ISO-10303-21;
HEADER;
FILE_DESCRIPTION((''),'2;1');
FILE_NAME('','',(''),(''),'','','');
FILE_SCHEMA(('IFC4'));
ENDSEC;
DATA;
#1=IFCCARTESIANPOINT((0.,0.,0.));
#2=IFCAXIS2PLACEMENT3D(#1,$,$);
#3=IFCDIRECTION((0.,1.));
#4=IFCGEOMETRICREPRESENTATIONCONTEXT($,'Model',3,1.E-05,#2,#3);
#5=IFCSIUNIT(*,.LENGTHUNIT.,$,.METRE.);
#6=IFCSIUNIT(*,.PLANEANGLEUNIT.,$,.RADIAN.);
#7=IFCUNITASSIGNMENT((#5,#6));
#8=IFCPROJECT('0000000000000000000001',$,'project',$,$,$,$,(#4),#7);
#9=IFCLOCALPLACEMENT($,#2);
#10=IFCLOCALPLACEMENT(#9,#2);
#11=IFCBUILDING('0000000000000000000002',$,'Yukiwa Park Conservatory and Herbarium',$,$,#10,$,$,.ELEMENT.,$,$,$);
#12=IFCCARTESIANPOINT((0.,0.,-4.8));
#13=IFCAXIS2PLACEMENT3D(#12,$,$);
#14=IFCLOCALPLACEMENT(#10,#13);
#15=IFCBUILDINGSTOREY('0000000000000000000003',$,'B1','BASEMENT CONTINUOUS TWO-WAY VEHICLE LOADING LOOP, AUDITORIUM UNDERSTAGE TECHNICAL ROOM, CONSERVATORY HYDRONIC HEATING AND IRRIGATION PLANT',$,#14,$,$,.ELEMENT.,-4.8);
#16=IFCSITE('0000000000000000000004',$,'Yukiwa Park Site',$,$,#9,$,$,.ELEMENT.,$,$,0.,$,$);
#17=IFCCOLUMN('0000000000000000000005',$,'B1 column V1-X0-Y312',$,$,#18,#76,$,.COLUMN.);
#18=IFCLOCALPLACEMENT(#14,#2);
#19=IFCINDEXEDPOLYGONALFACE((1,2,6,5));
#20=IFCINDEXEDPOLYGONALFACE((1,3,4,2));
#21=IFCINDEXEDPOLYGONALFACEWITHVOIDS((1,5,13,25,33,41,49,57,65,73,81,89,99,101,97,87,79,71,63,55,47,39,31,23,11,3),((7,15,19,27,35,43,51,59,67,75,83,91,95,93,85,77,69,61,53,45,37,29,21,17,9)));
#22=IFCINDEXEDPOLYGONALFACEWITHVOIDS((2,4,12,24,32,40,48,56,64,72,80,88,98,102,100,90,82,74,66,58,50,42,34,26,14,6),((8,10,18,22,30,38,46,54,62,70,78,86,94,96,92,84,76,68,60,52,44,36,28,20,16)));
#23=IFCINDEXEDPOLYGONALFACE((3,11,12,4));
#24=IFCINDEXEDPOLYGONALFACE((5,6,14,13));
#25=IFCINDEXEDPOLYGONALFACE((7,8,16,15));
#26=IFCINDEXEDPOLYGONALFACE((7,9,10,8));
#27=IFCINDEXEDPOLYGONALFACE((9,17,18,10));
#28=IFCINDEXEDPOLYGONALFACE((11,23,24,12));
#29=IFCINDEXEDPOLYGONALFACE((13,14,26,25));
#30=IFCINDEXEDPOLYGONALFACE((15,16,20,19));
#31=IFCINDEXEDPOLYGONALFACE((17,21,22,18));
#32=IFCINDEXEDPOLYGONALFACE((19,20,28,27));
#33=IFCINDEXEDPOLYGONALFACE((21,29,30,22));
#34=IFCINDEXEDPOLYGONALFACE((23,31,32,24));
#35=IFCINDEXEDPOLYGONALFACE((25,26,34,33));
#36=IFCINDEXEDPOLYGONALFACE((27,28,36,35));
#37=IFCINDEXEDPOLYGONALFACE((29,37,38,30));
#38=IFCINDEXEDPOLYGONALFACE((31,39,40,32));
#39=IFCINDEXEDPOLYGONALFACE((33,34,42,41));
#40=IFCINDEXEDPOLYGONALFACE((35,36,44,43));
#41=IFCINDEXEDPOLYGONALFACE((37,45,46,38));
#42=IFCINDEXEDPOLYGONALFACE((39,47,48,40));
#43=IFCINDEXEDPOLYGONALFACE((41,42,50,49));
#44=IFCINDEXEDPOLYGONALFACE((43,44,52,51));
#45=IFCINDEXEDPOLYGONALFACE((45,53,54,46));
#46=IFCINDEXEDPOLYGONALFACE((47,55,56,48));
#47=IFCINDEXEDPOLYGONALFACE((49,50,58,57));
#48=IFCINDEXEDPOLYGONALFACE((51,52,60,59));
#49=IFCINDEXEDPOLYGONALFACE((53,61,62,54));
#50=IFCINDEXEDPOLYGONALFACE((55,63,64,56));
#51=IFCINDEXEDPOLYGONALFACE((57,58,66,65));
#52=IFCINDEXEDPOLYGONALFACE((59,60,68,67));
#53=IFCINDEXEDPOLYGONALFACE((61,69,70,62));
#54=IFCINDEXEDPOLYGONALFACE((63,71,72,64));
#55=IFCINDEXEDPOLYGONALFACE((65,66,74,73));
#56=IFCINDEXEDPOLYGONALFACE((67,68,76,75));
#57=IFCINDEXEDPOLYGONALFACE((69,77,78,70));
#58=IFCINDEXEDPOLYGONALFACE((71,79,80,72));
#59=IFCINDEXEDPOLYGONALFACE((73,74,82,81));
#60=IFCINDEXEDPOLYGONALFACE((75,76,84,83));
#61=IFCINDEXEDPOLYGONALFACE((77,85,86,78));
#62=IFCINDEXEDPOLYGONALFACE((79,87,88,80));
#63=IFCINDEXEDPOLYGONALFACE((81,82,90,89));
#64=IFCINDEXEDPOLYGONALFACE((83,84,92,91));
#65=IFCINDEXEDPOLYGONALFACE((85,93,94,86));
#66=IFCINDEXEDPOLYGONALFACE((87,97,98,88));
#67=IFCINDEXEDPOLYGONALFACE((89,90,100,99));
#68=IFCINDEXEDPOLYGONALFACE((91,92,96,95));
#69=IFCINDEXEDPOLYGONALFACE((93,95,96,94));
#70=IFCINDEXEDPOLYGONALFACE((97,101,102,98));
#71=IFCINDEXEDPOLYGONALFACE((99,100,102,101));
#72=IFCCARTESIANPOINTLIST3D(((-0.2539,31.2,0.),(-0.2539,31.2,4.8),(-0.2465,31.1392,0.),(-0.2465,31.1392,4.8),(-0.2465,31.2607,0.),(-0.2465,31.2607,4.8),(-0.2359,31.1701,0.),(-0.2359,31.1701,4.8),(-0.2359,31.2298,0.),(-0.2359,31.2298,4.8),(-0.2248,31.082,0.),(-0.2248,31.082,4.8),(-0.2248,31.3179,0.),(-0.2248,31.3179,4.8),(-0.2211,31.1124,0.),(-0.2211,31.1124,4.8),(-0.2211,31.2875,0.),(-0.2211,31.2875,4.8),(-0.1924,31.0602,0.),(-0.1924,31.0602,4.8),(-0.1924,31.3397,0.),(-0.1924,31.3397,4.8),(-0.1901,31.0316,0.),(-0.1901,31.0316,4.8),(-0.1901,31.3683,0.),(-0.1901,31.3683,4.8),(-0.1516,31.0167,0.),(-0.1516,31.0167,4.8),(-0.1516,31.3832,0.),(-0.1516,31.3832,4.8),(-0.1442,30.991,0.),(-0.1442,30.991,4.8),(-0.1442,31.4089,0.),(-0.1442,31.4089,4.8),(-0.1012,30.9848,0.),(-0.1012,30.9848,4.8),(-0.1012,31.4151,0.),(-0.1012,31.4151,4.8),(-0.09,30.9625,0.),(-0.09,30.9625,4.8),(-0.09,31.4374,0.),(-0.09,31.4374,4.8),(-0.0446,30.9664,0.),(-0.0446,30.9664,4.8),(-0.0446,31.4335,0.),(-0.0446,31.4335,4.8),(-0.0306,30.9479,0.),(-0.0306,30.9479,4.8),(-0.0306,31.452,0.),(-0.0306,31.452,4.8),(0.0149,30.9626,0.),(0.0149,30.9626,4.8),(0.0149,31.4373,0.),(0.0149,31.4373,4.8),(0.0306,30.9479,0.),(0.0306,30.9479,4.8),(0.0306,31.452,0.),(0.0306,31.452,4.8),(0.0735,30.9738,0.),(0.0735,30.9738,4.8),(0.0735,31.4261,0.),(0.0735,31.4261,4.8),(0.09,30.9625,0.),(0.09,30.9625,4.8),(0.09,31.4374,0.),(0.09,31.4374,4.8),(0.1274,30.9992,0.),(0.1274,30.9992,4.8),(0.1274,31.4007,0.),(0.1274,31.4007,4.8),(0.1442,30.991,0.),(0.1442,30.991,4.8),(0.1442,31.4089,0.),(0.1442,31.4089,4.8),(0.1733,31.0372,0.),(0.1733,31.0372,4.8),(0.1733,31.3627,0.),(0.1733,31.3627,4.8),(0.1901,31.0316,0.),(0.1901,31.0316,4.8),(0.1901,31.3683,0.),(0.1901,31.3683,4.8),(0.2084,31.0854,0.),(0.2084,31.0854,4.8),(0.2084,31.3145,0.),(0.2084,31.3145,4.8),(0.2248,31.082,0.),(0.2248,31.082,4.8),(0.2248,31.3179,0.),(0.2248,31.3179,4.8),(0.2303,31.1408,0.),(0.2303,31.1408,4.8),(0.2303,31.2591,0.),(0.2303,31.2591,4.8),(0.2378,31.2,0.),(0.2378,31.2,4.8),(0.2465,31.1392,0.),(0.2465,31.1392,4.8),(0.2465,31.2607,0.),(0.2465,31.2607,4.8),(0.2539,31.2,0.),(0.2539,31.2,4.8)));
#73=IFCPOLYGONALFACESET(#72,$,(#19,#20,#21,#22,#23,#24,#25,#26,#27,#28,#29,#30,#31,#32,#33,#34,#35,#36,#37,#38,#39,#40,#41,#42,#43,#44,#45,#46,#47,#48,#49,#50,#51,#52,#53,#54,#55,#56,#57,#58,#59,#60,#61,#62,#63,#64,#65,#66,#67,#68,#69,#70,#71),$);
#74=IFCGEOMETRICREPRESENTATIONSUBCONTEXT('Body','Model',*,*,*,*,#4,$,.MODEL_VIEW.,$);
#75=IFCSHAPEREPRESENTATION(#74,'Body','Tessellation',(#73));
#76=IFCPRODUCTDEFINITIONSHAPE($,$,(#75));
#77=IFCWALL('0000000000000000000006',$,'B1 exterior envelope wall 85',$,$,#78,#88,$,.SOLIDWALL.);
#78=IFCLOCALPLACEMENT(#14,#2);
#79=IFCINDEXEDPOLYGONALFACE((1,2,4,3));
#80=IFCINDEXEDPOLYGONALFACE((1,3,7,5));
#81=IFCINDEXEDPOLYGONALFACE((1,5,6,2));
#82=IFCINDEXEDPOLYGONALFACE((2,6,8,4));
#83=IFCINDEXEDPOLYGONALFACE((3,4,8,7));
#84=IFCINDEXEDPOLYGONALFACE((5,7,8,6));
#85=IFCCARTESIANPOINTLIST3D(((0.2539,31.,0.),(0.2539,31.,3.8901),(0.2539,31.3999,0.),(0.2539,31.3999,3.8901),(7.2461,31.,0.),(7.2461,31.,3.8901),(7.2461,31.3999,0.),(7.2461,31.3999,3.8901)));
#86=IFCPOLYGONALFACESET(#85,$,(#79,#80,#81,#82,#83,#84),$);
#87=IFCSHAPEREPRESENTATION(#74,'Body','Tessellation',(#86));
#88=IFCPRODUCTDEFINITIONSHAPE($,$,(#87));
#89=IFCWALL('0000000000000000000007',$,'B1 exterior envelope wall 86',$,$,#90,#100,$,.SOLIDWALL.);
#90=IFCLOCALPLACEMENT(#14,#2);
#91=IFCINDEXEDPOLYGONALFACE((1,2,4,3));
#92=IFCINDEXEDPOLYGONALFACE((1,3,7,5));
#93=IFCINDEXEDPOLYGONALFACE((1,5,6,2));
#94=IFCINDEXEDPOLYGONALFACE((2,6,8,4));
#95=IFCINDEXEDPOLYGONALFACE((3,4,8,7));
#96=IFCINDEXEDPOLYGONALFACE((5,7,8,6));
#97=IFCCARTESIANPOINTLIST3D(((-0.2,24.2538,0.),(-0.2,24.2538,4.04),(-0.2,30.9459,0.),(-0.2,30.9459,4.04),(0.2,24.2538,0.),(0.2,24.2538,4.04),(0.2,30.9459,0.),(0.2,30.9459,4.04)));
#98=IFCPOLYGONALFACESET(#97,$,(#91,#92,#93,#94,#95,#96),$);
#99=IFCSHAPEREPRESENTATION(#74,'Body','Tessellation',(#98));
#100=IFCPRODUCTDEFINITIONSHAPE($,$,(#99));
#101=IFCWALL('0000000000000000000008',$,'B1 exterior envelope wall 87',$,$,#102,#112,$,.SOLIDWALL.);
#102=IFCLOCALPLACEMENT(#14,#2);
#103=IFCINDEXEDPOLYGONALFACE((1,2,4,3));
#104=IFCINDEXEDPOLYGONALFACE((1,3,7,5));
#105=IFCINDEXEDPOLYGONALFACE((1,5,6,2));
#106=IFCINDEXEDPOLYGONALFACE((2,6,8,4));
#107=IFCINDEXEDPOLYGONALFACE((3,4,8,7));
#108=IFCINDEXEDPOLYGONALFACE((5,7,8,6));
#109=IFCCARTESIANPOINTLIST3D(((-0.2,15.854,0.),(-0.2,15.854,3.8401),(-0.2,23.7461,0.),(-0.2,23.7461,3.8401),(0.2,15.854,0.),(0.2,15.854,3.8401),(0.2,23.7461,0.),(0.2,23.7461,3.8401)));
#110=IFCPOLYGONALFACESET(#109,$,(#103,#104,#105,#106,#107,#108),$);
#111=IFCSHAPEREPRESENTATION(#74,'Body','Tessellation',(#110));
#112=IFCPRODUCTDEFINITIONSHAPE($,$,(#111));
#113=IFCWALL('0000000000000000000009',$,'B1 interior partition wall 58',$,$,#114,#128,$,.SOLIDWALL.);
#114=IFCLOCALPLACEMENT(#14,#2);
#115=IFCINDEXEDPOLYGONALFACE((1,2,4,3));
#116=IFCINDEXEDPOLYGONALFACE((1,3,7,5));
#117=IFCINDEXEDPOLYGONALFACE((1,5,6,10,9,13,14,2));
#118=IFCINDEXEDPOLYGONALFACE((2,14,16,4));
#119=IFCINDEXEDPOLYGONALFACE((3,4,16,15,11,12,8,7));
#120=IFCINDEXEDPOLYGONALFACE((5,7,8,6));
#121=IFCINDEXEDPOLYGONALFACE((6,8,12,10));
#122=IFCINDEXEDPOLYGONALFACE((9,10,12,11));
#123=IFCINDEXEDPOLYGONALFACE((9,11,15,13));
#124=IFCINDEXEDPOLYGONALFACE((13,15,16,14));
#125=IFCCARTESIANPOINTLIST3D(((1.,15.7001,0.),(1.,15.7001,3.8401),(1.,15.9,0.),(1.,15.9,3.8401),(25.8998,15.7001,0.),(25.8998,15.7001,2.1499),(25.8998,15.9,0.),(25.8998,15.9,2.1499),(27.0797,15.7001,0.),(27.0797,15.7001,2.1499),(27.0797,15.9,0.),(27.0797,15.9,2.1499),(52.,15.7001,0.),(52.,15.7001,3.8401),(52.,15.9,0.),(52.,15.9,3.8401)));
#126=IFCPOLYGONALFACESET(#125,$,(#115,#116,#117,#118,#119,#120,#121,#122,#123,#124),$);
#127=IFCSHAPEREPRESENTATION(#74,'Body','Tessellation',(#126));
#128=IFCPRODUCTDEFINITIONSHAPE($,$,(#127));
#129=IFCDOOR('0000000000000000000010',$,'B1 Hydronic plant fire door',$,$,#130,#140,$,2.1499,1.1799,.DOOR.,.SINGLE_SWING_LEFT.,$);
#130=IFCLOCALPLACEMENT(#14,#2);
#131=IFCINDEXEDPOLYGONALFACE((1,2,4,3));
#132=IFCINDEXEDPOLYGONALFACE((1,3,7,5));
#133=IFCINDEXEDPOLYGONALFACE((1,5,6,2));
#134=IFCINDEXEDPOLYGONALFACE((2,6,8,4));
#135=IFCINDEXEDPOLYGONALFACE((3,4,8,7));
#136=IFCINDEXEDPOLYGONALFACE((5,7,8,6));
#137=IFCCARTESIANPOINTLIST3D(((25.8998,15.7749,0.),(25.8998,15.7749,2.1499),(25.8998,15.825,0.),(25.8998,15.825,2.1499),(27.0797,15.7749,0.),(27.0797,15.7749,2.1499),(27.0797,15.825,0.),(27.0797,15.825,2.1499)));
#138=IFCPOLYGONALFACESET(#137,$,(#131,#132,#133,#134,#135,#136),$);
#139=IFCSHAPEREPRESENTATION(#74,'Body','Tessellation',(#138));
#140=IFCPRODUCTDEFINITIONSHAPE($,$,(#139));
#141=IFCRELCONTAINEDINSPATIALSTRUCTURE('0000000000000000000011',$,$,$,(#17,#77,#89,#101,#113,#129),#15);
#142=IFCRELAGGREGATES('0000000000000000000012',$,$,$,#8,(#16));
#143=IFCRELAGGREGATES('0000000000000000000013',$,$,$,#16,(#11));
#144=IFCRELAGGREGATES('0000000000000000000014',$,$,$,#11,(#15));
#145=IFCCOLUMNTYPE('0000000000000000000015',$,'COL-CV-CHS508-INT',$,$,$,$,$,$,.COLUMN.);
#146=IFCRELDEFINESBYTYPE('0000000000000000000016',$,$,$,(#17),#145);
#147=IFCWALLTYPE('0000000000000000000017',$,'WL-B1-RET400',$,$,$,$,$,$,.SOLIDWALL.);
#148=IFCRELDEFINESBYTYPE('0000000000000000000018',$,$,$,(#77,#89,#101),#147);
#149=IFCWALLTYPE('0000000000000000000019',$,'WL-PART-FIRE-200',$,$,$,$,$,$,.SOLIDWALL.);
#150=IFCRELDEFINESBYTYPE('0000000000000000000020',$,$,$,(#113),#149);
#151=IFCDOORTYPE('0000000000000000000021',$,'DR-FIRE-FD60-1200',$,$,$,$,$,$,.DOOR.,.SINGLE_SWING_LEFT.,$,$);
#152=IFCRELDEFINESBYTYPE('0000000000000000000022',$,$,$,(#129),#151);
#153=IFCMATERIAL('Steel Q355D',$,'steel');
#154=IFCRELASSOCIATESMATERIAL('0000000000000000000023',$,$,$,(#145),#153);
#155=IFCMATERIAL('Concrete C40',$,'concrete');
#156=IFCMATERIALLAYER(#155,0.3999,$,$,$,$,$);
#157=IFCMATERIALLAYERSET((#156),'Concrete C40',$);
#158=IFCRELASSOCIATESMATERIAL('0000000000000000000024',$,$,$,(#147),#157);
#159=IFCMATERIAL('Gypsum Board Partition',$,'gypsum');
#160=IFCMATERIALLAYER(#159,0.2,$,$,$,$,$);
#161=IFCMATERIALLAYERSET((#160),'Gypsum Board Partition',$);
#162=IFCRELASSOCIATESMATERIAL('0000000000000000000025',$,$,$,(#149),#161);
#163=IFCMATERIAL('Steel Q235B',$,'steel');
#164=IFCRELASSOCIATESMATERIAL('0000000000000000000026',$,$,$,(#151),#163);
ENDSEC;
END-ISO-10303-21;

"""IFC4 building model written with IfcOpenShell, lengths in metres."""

from ifc_helpers import new_model, si_unit, direction, frame, frame_2d, origin, origin_2d, place, context, subcontext, project, spatial, rectangle, hollow_circle, extrude, material, layer, layer_set, material_profile, profile_set, type_object, element, fill, save


model = new_model("IFC4")

# Units and contexts
model_context = context("Model", 3, precision=1e-05, world=origin(), true_north=direction((0.0, 1.0)))
body_context = subcontext(model_context, "Body", "Model", "MODEL_VIEW")
ifc_project = project(units=[si_unit("LENGTHUNIT", "METRE"), si_unit("PLANEANGLEUNIT", "RADIAN")], contexts=[model_context])

# Site, building, storey
site_placement = place(None, origin())
site = spatial("IfcSite", under=ifc_project, at=site_placement, Name="Yukiwa Park Site", CompositionType="ELEMENT", RefElevation=0.0)
building_placement = place(site_placement, origin())
building = spatial("IfcBuilding", under=site, at=building_placement, Name="Yukiwa Park Conservatory and Herbarium", CompositionType="ELEMENT")
storey_placement = place(building_placement, frame((0.0, 0.0, -4.8)))
storey = spatial("IfcBuildingStorey", under=building, at=storey_placement, Name="B1", Description="BASEMENT CONTINUOUS TWO-WAY VEHICLE LOADING LOOP, AUDITORIUM UNDERSTAGE TECHNICAL ROOM, CONSERVATORY HYDRONIC HEATING AND IRRIGATION PLANT", CompositionType="ELEMENT", Elevation=-4.8)

# Column
ifc_material_1 = material(Name="Steel Q355D", Category="steel")
ifc_material_profile_1 = material_profile(ifc_material_1, hollow_circle(Radius=0.2539, WallThickness=0.0161, at=origin_2d()), Name="CHS 508x16")
ifc_profile_set_1 = profile_set([ifc_material_profile_1], Name="Steel Q355D")
column_type_1 = type_object("IfcColumnType", Name="COL-CV-CHS508-INT", PredefinedType="COLUMN", material=ifc_profile_set_1)
for number, where, z_axis, x_axis, name in (
    (1, (0.0, 31.2, 0.0), (0.0, 0.0, 1.0), (1.0, 0.0, 0.0), "B1 column V1-X0-Y312"),
):
    element("IfcColumn", number, at=place(storey_placement, frame(where, z_axis=z_axis, x_axis=x_axis)), inside=storey, type_object=column_type_1, Name=name, PredefinedType="COLUMN", context=body_context, shape_type="SweptSolid", body=[
        extrude(hollow_circle(Radius=0.2539, WallThickness=0.0161, at=origin_2d()), origin(), (0.0, 0.0, 1.0), 4.8),
    ])

# Walls
ifc_material_2 = material(Name="Concrete C40", Category="concrete")
ifc_layer_1 = layer(ifc_material_2, 0.3999)
ifc_layer_set_1 = layer_set([ifc_layer_1], Name="Concrete C40")
wall_type_1 = type_object("IfcWallType", Name="WL-B1-RET400", PredefinedType="SOLIDWALL", material=ifc_layer_set_1)
wall_1_placement = place(storey_placement, frame((7.2461, 31.2, 0.0), z_axis=(0.0, 0.0, 1.0), x_axis=(-1.0, 0.0, 0.0)))
element("IfcWall", 2, at=wall_1_placement, inside=storey, type_object=wall_type_1, Name="B1 exterior envelope wall 85", PredefinedType="SOLIDWALL", context=body_context, shape_type="SweptSolid", body=[
    extrude(rectangle(XDim=6.9922, YDim=0.3999, at=frame_2d((3.4961, 0.0))), origin(), (0.0, 0.0, 1.0), 3.8901),
])
wall_2_placement = place(storey_placement, frame((0.0, 30.946, 0.0), z_axis=(0.0, 0.0, 1.0), x_axis=(0.0, -1.0, 0.0)))
element("IfcWall", 3, at=wall_2_placement, inside=storey, type_object=wall_type_1, Name="B1 exterior envelope wall 86", PredefinedType="SOLIDWALL", context=body_context, shape_type="SweptSolid", body=[
    extrude(rectangle(XDim=6.6921, YDim=0.3999, at=frame_2d((3.3462, 0.0))), origin(), (0.0, 0.0, 1.0), 4.04),
])
wall_3_placement = place(storey_placement, frame((0.0, 23.7461, 0.0), z_axis=(0.0, 0.0, 1.0), x_axis=(0.0, -1.0, 0.0)))
element("IfcWall", 4, at=wall_3_placement, inside=storey, type_object=wall_type_1, Name="B1 exterior envelope wall 87", PredefinedType="SOLIDWALL", context=body_context, shape_type="SweptSolid", body=[
    extrude(rectangle(XDim=7.8921, YDim=0.3999, at=frame_2d((3.946, 0.0))), origin(), (0.0, 0.0, 1.0), 3.8401),
])

# Wall, opening, door
ifc_material_3 = material(Name="Gypsum Board Partition", Category="gypsum")
ifc_layer_2 = layer(ifc_material_3, 0.2)
ifc_layer_set_2 = layer_set([ifc_layer_2], Name="Gypsum Board Partition")
wall_type_2 = type_object("IfcWallType", Name="WL-PART-FIRE-200", PredefinedType="SOLIDWALL", material=ifc_layer_set_2)
wall_4_placement = place(storey_placement, frame((1.0, 15.8, 0.0), z_axis=(0.0, 0.0, 1.0), x_axis=(1.0, 0.0, 0.0)))
wall_4 = element("IfcWall", 5, at=wall_4_placement, inside=storey, type_object=wall_type_2, Name="B1 interior partition wall 58", PredefinedType="SOLIDWALL", context=body_context, shape_type="SweptSolid", body=[
    extrude(rectangle(XDim=51.0, YDim=0.2, at=frame_2d((25.5, 0.0))), origin(), (0.0, 0.0, 1.0), 3.8401),
])
opening_placement = place(wall_4_placement, frame((24.8999, 0.0, 0.0)))
opening = element("IfcOpeningElement", 6, at=opening_placement, cuts=wall_4, PredefinedType="OPENING", context=body_context, shape_type="SweptSolid", body=[
    extrude(rectangle(XDim=1.1799, YDim=2.1499, at=frame_2d((0.5898, 1.075))), frame((0.0, 0.1099, 0.0), z_axis=(0.0, -1.0, 0.0), x_axis=(1.0, 0.0, 0.0)), (0.0, 0.0, 1.0), 0.22),
])
ifc_material_4 = material(Name="Steel Q235B", Category="steel")
door_type = type_object("IfcDoorType", Name="DR-FIRE-FD60-1200", OperationType="SINGLE_SWING_LEFT", PredefinedType="DOOR", material=ifc_material_4)
door_placement = place(opening_placement, origin())
door = element("IfcDoor", 7, at=door_placement, inside=storey, type_object=door_type, Name="B1 Hydronic plant fire door", OperationType="SINGLE_SWING_LEFT", OverallHeight=2.1499, OverallWidth=1.1799, PredefinedType="DOOR", context=body_context, shape_type="SweptSolid", body=[
    extrude(rectangle(XDim=1.1799, YDim=2.1499, at=frame_2d((0.5898, 1.075))), frame((0.0, 0.0249, 0.0), z_axis=(0.0, -1.0, 0.0), x_axis=(1.0, 0.0, 0.0)), (0.0, 0.0, 1.0), 0.05),
])
fill(opening, door)

save(model, "model.ifc")
